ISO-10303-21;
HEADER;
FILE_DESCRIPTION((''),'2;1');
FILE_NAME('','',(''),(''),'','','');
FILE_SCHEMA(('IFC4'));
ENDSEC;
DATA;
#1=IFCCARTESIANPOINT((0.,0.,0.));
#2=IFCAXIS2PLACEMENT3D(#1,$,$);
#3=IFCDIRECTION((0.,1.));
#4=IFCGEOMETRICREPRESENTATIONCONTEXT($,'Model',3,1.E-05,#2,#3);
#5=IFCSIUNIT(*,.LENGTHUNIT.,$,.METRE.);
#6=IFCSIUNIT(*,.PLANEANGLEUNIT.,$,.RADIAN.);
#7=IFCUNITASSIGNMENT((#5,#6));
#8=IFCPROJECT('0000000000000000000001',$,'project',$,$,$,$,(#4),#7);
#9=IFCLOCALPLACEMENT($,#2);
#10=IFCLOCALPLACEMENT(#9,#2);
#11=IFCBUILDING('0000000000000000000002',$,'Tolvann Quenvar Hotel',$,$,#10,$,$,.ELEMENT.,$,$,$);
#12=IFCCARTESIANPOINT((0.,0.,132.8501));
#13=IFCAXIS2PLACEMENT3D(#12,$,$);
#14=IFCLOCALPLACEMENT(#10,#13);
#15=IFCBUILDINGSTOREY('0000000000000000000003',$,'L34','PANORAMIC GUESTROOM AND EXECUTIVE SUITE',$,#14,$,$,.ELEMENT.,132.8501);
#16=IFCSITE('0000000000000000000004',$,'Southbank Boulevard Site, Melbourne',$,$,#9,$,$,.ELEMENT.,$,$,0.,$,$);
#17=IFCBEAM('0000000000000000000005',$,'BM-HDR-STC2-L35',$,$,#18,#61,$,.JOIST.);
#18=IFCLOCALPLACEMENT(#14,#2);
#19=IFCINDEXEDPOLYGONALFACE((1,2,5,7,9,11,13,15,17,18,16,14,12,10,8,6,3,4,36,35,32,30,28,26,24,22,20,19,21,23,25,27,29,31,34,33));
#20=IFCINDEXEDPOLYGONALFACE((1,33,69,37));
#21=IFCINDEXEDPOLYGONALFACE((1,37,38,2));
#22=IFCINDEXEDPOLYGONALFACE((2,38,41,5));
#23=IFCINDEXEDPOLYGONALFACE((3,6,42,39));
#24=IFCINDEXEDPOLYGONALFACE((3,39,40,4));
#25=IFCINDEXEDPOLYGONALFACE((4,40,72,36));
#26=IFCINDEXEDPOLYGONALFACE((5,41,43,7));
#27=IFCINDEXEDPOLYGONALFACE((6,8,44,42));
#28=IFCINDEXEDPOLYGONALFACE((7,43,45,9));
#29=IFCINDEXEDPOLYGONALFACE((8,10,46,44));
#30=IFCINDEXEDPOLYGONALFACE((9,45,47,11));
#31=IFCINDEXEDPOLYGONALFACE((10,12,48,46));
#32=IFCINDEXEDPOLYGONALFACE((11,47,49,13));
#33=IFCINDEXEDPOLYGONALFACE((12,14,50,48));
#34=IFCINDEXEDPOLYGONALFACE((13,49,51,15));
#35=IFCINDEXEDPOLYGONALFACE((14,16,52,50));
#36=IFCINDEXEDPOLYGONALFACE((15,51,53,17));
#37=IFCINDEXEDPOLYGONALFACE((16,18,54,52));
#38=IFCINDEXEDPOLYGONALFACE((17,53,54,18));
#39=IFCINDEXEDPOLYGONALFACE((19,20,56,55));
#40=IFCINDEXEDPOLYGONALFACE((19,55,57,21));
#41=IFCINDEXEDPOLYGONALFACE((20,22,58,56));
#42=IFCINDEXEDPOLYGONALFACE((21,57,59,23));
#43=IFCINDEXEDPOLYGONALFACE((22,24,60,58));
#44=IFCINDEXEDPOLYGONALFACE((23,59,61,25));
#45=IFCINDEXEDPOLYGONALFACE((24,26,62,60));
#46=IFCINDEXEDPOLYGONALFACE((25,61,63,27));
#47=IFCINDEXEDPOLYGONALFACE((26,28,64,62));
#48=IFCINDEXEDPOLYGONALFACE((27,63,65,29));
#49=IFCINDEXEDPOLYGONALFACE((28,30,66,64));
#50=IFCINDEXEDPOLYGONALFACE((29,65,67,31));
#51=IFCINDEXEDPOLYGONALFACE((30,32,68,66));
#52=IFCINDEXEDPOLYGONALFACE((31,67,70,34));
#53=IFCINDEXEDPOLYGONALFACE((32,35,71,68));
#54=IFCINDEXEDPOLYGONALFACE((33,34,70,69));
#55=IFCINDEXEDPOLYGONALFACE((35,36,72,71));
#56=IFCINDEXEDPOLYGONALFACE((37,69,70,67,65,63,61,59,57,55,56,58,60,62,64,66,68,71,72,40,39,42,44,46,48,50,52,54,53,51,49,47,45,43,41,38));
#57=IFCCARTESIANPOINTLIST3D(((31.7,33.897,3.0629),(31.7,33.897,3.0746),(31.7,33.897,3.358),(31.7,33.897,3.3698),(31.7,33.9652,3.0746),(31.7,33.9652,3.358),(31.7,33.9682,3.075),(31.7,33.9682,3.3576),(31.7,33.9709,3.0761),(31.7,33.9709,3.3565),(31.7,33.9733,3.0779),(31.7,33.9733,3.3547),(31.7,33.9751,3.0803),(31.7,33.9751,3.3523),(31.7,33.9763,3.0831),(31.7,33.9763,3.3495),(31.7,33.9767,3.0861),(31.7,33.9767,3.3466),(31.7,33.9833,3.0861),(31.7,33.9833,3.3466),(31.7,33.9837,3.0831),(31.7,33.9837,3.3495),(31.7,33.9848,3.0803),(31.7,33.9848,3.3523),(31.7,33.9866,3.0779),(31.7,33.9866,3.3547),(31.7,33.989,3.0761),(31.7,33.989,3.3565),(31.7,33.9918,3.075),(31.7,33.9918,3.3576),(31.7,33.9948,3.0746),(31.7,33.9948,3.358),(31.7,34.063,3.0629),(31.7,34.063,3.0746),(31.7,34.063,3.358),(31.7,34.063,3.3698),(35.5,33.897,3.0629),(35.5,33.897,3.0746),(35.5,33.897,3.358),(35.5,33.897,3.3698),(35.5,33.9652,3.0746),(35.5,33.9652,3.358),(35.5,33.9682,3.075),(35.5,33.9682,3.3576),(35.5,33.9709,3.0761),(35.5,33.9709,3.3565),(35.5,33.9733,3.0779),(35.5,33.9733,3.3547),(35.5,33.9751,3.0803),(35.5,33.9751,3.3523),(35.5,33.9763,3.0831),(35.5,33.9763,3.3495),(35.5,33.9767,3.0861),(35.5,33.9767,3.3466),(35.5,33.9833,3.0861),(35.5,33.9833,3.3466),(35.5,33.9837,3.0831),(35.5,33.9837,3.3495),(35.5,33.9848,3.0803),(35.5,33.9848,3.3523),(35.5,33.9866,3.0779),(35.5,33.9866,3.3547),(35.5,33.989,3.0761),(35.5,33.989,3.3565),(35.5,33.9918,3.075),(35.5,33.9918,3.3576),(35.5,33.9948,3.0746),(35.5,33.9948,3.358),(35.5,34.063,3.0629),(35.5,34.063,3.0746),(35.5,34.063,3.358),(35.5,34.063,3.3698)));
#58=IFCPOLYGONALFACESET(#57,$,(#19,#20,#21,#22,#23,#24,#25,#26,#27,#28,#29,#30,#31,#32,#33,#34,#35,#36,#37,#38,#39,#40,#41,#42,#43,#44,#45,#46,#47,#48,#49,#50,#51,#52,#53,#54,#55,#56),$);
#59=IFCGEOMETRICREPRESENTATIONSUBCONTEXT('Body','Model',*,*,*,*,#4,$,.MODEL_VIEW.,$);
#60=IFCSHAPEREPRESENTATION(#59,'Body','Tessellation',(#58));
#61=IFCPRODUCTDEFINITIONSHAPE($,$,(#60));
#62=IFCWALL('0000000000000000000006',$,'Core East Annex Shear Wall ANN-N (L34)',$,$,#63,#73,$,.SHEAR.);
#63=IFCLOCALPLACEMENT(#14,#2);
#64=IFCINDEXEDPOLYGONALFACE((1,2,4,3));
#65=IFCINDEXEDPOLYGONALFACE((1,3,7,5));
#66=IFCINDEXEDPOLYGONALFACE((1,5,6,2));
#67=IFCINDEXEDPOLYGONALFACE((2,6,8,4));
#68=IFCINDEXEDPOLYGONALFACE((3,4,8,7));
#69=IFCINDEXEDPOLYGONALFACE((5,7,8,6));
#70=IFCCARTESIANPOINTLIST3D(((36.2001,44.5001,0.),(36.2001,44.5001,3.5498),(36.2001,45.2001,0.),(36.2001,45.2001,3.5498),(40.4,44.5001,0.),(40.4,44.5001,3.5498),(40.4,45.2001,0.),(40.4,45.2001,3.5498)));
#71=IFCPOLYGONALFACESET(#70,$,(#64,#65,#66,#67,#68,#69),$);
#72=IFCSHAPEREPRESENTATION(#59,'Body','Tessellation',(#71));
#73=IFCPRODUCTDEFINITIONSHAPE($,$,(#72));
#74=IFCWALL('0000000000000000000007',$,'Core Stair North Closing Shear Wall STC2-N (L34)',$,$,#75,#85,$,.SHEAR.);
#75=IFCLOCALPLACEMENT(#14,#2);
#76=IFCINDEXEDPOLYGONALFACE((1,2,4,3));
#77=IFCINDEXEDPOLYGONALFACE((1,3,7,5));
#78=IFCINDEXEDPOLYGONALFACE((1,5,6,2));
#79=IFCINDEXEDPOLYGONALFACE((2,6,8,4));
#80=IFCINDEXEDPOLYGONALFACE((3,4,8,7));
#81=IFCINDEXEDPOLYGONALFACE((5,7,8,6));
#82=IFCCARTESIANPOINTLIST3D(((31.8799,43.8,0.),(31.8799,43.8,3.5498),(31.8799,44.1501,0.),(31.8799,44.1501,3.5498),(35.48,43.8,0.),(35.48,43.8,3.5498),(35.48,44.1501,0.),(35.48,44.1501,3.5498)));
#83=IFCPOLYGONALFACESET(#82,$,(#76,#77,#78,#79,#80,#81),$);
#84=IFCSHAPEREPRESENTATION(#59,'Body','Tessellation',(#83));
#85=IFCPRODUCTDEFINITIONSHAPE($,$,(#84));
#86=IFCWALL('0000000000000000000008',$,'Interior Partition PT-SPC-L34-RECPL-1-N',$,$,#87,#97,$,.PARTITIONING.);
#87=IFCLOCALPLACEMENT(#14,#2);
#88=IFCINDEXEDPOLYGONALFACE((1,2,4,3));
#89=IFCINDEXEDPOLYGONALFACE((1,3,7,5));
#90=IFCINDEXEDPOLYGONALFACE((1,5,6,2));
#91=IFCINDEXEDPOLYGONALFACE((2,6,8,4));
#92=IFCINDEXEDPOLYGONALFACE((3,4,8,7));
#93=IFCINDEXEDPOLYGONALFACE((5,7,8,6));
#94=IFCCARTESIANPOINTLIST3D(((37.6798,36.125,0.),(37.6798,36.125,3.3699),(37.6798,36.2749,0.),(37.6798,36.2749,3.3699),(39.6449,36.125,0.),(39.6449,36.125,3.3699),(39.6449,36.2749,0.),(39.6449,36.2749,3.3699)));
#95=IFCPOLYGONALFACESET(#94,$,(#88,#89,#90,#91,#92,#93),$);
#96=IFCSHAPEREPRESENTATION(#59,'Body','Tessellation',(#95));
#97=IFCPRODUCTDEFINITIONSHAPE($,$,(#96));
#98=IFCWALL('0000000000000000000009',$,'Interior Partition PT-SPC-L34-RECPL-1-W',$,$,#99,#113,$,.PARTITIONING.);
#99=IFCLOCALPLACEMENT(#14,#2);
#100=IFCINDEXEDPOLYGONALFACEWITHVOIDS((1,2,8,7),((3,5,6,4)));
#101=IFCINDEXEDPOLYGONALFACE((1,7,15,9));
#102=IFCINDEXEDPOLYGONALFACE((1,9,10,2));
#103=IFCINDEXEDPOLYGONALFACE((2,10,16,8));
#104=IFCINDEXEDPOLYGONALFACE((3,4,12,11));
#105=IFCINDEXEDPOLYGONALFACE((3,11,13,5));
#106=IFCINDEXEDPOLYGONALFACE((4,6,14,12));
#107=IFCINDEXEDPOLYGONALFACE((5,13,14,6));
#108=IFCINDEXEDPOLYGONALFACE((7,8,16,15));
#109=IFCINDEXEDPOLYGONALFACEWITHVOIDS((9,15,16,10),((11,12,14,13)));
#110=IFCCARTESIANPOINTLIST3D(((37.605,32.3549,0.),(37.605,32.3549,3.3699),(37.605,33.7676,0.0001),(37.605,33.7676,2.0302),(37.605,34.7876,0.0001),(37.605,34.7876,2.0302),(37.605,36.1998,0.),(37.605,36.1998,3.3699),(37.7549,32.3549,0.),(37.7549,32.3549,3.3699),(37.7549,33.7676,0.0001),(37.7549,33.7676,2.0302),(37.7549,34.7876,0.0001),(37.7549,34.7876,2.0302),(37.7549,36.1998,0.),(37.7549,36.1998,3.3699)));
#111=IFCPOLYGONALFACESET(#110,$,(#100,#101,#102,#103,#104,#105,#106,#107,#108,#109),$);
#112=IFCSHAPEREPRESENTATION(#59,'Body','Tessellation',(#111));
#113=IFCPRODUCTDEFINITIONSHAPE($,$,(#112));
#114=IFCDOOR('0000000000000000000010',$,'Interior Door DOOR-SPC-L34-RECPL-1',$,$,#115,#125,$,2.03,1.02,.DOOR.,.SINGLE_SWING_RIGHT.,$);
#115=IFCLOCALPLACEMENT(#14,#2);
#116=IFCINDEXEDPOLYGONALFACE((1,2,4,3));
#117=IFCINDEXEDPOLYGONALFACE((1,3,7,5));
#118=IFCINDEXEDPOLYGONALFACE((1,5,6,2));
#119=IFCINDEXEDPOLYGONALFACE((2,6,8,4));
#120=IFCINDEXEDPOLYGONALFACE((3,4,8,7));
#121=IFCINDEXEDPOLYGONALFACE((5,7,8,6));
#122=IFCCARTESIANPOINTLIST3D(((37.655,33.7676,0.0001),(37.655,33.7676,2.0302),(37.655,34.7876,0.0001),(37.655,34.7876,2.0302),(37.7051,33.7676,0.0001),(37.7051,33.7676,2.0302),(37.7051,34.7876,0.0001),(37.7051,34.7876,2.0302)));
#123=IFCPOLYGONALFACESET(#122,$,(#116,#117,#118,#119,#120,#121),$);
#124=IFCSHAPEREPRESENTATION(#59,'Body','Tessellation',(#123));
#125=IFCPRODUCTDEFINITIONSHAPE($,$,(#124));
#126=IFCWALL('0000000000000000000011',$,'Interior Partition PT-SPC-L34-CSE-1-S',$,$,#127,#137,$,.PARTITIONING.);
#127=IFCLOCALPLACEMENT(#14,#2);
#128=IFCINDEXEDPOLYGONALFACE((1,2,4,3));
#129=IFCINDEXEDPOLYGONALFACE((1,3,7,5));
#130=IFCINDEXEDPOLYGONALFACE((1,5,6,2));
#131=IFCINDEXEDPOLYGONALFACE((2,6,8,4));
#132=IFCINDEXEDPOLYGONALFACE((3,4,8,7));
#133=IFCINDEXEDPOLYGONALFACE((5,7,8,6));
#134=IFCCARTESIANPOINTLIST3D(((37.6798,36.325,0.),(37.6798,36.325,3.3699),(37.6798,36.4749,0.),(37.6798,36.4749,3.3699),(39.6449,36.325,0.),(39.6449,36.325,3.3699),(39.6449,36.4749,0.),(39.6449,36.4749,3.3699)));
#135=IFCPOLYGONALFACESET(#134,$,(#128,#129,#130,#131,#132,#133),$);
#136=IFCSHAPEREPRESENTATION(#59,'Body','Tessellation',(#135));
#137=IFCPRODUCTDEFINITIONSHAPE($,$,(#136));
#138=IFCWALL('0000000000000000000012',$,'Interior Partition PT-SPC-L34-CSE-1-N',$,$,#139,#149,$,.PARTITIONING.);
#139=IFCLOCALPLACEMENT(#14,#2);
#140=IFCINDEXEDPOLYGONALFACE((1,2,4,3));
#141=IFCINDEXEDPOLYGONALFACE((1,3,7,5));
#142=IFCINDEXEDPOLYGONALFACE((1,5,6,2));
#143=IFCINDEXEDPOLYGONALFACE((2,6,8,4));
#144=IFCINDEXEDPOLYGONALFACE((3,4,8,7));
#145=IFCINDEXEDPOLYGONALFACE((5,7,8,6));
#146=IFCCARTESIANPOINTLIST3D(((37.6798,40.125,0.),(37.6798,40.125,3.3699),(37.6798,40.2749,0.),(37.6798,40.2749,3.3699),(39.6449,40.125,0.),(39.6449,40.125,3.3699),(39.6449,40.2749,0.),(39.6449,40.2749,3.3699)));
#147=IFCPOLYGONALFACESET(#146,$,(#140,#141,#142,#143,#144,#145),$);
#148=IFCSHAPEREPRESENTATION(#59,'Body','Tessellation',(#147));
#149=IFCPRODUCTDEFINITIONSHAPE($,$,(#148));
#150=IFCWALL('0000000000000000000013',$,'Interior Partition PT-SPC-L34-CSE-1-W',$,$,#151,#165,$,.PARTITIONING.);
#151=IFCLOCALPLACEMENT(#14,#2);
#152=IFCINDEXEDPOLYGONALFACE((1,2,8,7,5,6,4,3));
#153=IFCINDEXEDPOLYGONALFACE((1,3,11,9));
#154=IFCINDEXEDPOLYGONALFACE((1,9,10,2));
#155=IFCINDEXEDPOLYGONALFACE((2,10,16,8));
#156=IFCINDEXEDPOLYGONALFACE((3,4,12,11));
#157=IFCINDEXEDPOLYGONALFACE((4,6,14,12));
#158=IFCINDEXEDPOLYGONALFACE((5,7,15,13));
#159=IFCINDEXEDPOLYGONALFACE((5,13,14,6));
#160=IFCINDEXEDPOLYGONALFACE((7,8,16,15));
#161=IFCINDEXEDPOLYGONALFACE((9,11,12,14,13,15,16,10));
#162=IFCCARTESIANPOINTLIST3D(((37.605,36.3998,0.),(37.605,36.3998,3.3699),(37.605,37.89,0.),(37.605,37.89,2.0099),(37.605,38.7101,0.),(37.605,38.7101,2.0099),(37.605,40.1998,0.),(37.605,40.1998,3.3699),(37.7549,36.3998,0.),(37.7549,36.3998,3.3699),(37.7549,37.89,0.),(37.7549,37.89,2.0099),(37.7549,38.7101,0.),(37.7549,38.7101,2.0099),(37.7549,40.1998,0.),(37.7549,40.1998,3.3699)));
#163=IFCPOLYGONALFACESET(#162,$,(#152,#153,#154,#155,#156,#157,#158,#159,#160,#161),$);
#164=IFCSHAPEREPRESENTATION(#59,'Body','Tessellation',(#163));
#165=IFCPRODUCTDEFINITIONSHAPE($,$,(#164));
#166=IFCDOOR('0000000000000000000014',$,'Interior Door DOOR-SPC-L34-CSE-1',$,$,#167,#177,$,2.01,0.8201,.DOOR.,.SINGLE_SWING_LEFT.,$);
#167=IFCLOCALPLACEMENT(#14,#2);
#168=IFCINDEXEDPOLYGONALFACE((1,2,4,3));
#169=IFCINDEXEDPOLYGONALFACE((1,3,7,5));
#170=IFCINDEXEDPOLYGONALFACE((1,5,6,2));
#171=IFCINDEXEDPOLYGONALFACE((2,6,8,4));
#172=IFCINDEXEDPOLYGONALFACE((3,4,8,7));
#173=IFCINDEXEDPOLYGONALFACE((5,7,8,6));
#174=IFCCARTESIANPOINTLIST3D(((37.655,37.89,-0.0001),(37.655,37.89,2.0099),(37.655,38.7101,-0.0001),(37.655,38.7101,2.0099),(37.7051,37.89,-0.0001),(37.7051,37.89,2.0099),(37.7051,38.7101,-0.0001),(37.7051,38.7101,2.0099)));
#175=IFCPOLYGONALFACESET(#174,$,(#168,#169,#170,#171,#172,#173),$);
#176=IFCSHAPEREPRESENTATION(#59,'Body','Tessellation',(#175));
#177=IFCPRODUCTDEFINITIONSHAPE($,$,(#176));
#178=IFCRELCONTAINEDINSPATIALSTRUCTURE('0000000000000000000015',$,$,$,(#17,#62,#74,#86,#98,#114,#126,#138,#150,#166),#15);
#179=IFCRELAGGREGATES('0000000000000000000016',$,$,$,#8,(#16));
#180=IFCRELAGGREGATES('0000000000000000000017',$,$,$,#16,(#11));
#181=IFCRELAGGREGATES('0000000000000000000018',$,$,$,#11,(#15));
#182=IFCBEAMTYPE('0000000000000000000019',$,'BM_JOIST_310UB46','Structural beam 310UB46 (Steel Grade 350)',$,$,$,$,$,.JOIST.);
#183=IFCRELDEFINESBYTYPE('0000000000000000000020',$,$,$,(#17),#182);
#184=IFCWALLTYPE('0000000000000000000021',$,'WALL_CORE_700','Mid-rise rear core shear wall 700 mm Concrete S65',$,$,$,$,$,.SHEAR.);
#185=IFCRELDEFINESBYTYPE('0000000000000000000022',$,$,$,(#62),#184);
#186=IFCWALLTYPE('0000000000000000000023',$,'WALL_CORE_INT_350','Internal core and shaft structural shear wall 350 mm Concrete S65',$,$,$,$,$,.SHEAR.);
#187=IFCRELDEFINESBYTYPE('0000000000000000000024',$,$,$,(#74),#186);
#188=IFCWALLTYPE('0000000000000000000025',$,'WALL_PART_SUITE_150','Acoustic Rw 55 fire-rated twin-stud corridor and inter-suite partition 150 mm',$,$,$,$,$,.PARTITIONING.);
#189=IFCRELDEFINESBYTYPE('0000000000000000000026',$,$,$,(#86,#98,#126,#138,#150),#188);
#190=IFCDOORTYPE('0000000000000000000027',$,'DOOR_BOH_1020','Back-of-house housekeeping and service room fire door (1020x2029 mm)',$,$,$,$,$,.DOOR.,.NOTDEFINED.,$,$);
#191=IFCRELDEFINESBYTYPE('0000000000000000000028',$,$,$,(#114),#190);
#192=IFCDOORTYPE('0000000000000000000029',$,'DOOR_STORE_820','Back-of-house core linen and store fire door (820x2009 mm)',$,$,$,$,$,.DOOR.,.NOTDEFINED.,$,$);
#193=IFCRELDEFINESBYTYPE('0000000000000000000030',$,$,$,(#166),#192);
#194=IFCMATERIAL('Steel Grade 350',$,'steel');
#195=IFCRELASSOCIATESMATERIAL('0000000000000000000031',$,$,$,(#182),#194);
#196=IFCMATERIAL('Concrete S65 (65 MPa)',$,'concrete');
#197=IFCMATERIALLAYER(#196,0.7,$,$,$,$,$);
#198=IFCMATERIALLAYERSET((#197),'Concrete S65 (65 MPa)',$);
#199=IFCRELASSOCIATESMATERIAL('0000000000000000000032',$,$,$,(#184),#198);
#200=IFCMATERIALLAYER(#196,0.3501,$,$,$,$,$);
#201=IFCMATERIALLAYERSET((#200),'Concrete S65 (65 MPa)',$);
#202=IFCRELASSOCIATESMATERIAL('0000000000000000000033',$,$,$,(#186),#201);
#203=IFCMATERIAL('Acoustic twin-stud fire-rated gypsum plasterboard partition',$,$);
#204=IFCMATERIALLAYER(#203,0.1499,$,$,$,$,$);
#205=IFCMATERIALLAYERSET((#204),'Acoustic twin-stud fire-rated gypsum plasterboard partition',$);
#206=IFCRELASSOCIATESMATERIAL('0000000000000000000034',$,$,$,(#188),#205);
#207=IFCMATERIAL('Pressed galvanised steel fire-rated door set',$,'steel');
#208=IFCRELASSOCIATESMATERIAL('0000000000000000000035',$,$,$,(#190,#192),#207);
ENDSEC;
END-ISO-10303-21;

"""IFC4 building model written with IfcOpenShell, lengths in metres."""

from ifc_helpers import new_model, si_unit, direction, frame, frame_2d, origin, origin_2d, place, context, subcontext, project, spatial, rectangle, i_section, extrude, source, transform, mapped, material, layer, layer_set, material_profile, profile_set, type_object, type_shapes, element, fill, save


model = new_model("IFC4")

# Units and contexts
model_context = context("Model", 3, precision=1e-05, world=origin(), true_north=direction((0.0, 1.0)))
body_context = subcontext(model_context, "Body", "Model", "MODEL_VIEW")
ifc_project = project(units=[si_unit("LENGTHUNIT", "METRE"), si_unit("PLANEANGLEUNIT", "RADIAN")], contexts=[model_context])

# Site, building, storey
site_placement = place(None, origin())
site = spatial("IfcSite", under=ifc_project, at=site_placement, Name="Southbank Boulevard Site, Melbourne", CompositionType="ELEMENT", RefElevation=0.0)
building_placement = place(site_placement, origin())
building = spatial("IfcBuilding", under=site, at=building_placement, Name="Tolvann Quenvar Hotel", CompositionType="ELEMENT")
storey_placement = place(building_placement, frame((0.0, 0.0, 132.8501)))
storey = spatial("IfcBuildingStorey", under=building, at=storey_placement, Name="L34", Description="PANORAMIC GUESTROOM AND EXECUTIVE SUITE", CompositionType="ELEMENT", Elevation=132.8501)

# Beam
ifc_material_1 = material(Name="Steel Grade 350", Category="steel")
ifc_material_profile = material_profile(ifc_material_1, i_section(OverallWidth=0.166, OverallDepth=0.3069, WebThickness=0.0066, FlangeThickness=0.0117, FilletRadius=0.0115, at=origin_2d()), Name="310UB46")
ifc_profile_set = profile_set([ifc_material_profile], Name="Steel Grade 350")
beam_type = type_object("IfcBeamType", Name="BM_JOIST_310UB46", Description="Structural beam 310UB46 (Steel Grade 350)", PredefinedType="JOIST", material=ifc_profile_set)
shared_shape_1 = source(origin(), body_context, "Body", "SweptSolid", [
    extrude(i_section(OverallWidth=0.166, OverallDepth=0.3069, WebThickness=0.0066, FlangeThickness=0.0117, FilletRadius=0.0115, at=origin_2d()), origin(), (0.0, 0.0, 1.0), 3.8),
])
type_shapes(beam_type, [shared_shape_1])
beam_placement = place(storey_placement, frame((31.7, 33.98, 3.2163), z_axis=(1.0, 0.0, 0.0), x_axis=(0.0, 1.0, 0.0)))
element("IfcBeam", 1, at=beam_placement, inside=storey, type_object=beam_type, Name="BM-HDR-STC2-L35", PredefinedType="JOIST", context=body_context, shape_type="MappedRepresentation", body=[
    mapped(shared_shape_1, transform((0.0, 0.0, 0.0), x_axis=(1.0, 0.0, 0.0), y_axis=(0.0, 1.0, 0.0), z_axis=(0.0, 0.0, 1.0), scale=1.0)),
])

# Walls
ifc_material_2 = material(Name="Concrete S65 (65 MPa)", Category="concrete")
ifc_layer_1 = layer(ifc_material_2, 0.7)
ifc_layer_set_1 = layer_set([ifc_layer_1], Name="Concrete S65 (65 MPa)")
wall_type_1 = type_object("IfcWallType", Name="WALL_CORE_700", Description="Mid-rise rear core shear wall 700 mm Concrete S65", PredefinedType="SHEAR", material=ifc_layer_set_1)
wall_1_placement = place(storey_placement, frame((36.2, 44.8501, 0.0), z_axis=(0.0, 0.0, 1.0), x_axis=(1.0, 0.0, 0.0)))
element("IfcWall", 2, at=wall_1_placement, inside=storey, type_object=wall_type_1, Name="Core East Annex Shear Wall ANN-N (L34)", PredefinedType="SHEAR", context=body_context, shape_type="SweptSolid", body=[
    extrude(rectangle(XDim=4.2, YDim=0.7, at=frame_2d((2.1001, 0.0))), origin(), (0.0, 0.0, 1.0), 3.5498),
])
ifc_layer_2 = layer(ifc_material_2, 0.3501)
ifc_layer_set_2 = layer_set([ifc_layer_2], Name="Concrete S65 (65 MPa)")
wall_type_2 = type_object("IfcWallType", Name="WALL_CORE_INT_350", Description="Internal core and shaft structural shear wall 350 mm Concrete S65", PredefinedType="SHEAR", material=ifc_layer_set_2)
wall_2_placement = place(storey_placement, frame((31.8799, 43.9751, 0.0), z_axis=(0.0, 0.0, 1.0), x_axis=(1.0, 0.0, 0.0)))
element("IfcWall", 3, at=wall_2_placement, inside=storey, type_object=wall_type_2, Name="Core Stair North Closing Shear Wall STC2-N (L34)", PredefinedType="SHEAR", context=body_context, shape_type="SweptSolid", body=[
    extrude(rectangle(XDim=3.6001, YDim=0.3501, at=frame_2d((1.8, 0.0))), origin(), (0.0, 0.0, 1.0), 3.5498),
])
ifc_material_3 = material(Name="Acoustic twin-stud fire-rated gypsum plasterboard partition")
ifc_layer_3 = layer(ifc_material_3, 0.1499)
ifc_layer_set_3 = layer_set([ifc_layer_3], Name="Acoustic twin-stud fire-rated gypsum plasterboard partition")
wall_type_3 = type_object("IfcWallType", Name="WALL_PART_SUITE_150", Description="Acoustic Rw 55 fire-rated twin-stud corridor and inter-suite partition 150 mm", PredefinedType="PARTITIONING", material=ifc_layer_set_3)
wall_3_placement = place(storey_placement, frame((37.6799, 36.2, 0.0), z_axis=(0.0, 0.0, 1.0), x_axis=(1.0, 0.0, 0.0)))
element("IfcWall", 4, at=wall_3_placement, inside=storey, type_object=wall_type_3, Name="Interior Partition PT-SPC-L34-RECPL-1-N", PredefinedType="PARTITIONING", context=body_context, shape_type="SweptSolid", body=[
    extrude(rectangle(XDim=1.9651, YDim=0.1499, at=frame_2d((0.9824, 0.0))), origin(), (0.0, 0.0, 1.0), 3.3699),
])

# Wall, opening, door
wall_4_placement = place(storey_placement, frame((37.6799, 32.355, 0.0), z_axis=(0.0, 0.0, 1.0), x_axis=(0.0, 1.0, 0.0)))
wall_4 = element("IfcWall", 5, at=wall_4_placement, inside=storey, type_object=wall_type_3, Name="Interior Partition PT-SPC-L34-RECPL-1-W", PredefinedType="PARTITIONING", context=body_context, shape_type="SweptSolid", body=[
    extrude(rectangle(XDim=3.845, YDim=0.1499, at=frame_2d((1.9224, 0.0))), origin(), (0.0, 0.0, 1.0), 3.3699),
])
opening_1_placement = place(wall_4_placement, frame((1.4126, 0.0, 0.0)))
opening_1 = element("IfcOpeningElement", 6, at=opening_1_placement, cuts=wall_4, PredefinedType="OPENING", context=body_context, shape_type="SweptSolid", body=[
    extrude(rectangle(XDim=1.02, YDim=2.03, at=frame_2d((0.51, 1.0151))), frame((0.0, 0.085, 0.0), z_axis=(0.0, -1.0, 0.0), x_axis=(1.0, 0.0, 0.0)), (0.0, 0.0, 1.0), 0.1699),
])
ifc_material_4 = material(Name="Pressed galvanised steel fire-rated door set", Category="steel")
door_type_1 = type_object("IfcDoorType", Name="DOOR_BOH_1020", Description="Back-of-house housekeeping and service room fire door (1020x2029 mm)", OperationType="NOTDEFINED", PredefinedType="DOOR", material=ifc_material_4)
shared_shape_2 = source(origin(), body_context, "Body", "SweptSolid", [
    extrude(rectangle(XDim=1.02, YDim=2.03, at=frame_2d((0.51, 1.0151))), frame((0.0, 0.0249, 0.0), z_axis=(0.0, -1.0, 0.0), x_axis=(1.0, 0.0, 0.0)), (0.0, 0.0, 1.0), 0.05),
])
type_shapes(door_type_1, [shared_shape_2])
door_1_placement = place(opening_1_placement, origin())
door_1 = element("IfcDoor", 7, at=door_1_placement, inside=storey, type_object=door_type_1, Name="Interior Door DOOR-SPC-L34-RECPL-1", OperationType="SINGLE_SWING_RIGHT", OverallHeight=2.03, OverallWidth=1.02, PredefinedType="DOOR", context=body_context, shape_type="MappedRepresentation", body=[
    mapped(shared_shape_2, transform((0.0, 0.0, 0.0), x_axis=(1.0, 0.0, 0.0), y_axis=(0.0, 1.0, 0.0), z_axis=(0.0, 0.0, 1.0), scale=1.0)),
])
fill(opening_1, door_1)

# Walls
for number, where, z_axis, x_axis, name in (
    (8, (37.6799, 36.3999, 0.0), (0.0, 0.0, 1.0), (1.0, 0.0, 0.0), "Interior Partition PT-SPC-L34-CSE-1-S"),
    (9, (37.6799, 40.2, 0.0), (0.0, 0.0, 1.0), (1.0, 0.0, 0.0), "Interior Partition PT-SPC-L34-CSE-1-N"),
):
    element("IfcWall", number, at=place(storey_placement, frame(where, z_axis=z_axis, x_axis=x_axis)), inside=storey, type_object=wall_type_3, Name=name, PredefinedType="PARTITIONING", context=body_context, shape_type="SweptSolid", body=[
        extrude(rectangle(XDim=1.9651, YDim=0.1499, at=frame_2d((0.9824, 0.0))), origin(), (0.0, 0.0, 1.0), 3.3699),
    ])

# Wall, opening, door
wall_5_placement = place(storey_placement, frame((37.6799, 36.3999, 0.0), z_axis=(0.0, 0.0, 1.0), x_axis=(0.0, 1.0, 0.0)))
wall_5 = element("IfcWall", 10, at=wall_5_placement, inside=storey, type_object=wall_type_3, Name="Interior Partition PT-SPC-L34-CSE-1-W", PredefinedType="PARTITIONING", context=body_context, shape_type="SweptSolid", body=[
    extrude(rectangle(XDim=3.8, YDim=0.1499, at=frame_2d((1.8999, 0.0))), origin(), (0.0, 0.0, 1.0), 3.3699),
])
opening_2_placement = place(wall_5_placement, frame((1.49, 0.0, 0.0)))
opening_2 = element("IfcOpeningElement", 11, at=opening_2_placement, cuts=wall_5, PredefinedType="OPENING", context=body_context, shape_type="SweptSolid", body=[
    extrude(rectangle(XDim=0.8201, YDim=2.01, at=frame_2d((0.4102, 1.0049))), frame((0.0, 0.085, 0.0), z_axis=(0.0, -1.0, 0.0), x_axis=(1.0, 0.0, 0.0)), (0.0, 0.0, 1.0), 0.1699),
])
door_type_2 = type_object("IfcDoorType", Name="DOOR_STORE_820", Description="Back-of-house core linen and store fire door (820x2009 mm)", OperationType="NOTDEFINED", PredefinedType="DOOR", material=ifc_material_4)
shared_shape_3 = source(origin(), body_context, "Body", "SweptSolid", [
    extrude(rectangle(XDim=0.8201, YDim=2.01, at=frame_2d((0.4102, 1.0049))), frame((0.0, 0.0249, 0.0), z_axis=(0.0, -1.0, 0.0), x_axis=(1.0, 0.0, 0.0)), (0.0, 0.0, 1.0), 0.05),
])
type_shapes(door_type_2, [shared_shape_3])
door_2_placement = place(opening_2_placement, origin())
door_2 = element("IfcDoor", 12, at=door_2_placement, inside=storey, type_object=door_type_2, Name="Interior Door DOOR-SPC-L34-CSE-1", OperationType="SINGLE_SWING_LEFT", OverallHeight=2.01, OverallWidth=0.8201, PredefinedType="DOOR", context=body_context, shape_type="MappedRepresentation", body=[
    mapped(shared_shape_3, transform((0.0, 0.0, 0.0), x_axis=(1.0, 0.0, 0.0), y_axis=(0.0, 1.0, 0.0), z_axis=(0.0, 0.0, 1.0), scale=1.0)),
])
fill(opening_2, door_2)

save(model, "model.ifc")
